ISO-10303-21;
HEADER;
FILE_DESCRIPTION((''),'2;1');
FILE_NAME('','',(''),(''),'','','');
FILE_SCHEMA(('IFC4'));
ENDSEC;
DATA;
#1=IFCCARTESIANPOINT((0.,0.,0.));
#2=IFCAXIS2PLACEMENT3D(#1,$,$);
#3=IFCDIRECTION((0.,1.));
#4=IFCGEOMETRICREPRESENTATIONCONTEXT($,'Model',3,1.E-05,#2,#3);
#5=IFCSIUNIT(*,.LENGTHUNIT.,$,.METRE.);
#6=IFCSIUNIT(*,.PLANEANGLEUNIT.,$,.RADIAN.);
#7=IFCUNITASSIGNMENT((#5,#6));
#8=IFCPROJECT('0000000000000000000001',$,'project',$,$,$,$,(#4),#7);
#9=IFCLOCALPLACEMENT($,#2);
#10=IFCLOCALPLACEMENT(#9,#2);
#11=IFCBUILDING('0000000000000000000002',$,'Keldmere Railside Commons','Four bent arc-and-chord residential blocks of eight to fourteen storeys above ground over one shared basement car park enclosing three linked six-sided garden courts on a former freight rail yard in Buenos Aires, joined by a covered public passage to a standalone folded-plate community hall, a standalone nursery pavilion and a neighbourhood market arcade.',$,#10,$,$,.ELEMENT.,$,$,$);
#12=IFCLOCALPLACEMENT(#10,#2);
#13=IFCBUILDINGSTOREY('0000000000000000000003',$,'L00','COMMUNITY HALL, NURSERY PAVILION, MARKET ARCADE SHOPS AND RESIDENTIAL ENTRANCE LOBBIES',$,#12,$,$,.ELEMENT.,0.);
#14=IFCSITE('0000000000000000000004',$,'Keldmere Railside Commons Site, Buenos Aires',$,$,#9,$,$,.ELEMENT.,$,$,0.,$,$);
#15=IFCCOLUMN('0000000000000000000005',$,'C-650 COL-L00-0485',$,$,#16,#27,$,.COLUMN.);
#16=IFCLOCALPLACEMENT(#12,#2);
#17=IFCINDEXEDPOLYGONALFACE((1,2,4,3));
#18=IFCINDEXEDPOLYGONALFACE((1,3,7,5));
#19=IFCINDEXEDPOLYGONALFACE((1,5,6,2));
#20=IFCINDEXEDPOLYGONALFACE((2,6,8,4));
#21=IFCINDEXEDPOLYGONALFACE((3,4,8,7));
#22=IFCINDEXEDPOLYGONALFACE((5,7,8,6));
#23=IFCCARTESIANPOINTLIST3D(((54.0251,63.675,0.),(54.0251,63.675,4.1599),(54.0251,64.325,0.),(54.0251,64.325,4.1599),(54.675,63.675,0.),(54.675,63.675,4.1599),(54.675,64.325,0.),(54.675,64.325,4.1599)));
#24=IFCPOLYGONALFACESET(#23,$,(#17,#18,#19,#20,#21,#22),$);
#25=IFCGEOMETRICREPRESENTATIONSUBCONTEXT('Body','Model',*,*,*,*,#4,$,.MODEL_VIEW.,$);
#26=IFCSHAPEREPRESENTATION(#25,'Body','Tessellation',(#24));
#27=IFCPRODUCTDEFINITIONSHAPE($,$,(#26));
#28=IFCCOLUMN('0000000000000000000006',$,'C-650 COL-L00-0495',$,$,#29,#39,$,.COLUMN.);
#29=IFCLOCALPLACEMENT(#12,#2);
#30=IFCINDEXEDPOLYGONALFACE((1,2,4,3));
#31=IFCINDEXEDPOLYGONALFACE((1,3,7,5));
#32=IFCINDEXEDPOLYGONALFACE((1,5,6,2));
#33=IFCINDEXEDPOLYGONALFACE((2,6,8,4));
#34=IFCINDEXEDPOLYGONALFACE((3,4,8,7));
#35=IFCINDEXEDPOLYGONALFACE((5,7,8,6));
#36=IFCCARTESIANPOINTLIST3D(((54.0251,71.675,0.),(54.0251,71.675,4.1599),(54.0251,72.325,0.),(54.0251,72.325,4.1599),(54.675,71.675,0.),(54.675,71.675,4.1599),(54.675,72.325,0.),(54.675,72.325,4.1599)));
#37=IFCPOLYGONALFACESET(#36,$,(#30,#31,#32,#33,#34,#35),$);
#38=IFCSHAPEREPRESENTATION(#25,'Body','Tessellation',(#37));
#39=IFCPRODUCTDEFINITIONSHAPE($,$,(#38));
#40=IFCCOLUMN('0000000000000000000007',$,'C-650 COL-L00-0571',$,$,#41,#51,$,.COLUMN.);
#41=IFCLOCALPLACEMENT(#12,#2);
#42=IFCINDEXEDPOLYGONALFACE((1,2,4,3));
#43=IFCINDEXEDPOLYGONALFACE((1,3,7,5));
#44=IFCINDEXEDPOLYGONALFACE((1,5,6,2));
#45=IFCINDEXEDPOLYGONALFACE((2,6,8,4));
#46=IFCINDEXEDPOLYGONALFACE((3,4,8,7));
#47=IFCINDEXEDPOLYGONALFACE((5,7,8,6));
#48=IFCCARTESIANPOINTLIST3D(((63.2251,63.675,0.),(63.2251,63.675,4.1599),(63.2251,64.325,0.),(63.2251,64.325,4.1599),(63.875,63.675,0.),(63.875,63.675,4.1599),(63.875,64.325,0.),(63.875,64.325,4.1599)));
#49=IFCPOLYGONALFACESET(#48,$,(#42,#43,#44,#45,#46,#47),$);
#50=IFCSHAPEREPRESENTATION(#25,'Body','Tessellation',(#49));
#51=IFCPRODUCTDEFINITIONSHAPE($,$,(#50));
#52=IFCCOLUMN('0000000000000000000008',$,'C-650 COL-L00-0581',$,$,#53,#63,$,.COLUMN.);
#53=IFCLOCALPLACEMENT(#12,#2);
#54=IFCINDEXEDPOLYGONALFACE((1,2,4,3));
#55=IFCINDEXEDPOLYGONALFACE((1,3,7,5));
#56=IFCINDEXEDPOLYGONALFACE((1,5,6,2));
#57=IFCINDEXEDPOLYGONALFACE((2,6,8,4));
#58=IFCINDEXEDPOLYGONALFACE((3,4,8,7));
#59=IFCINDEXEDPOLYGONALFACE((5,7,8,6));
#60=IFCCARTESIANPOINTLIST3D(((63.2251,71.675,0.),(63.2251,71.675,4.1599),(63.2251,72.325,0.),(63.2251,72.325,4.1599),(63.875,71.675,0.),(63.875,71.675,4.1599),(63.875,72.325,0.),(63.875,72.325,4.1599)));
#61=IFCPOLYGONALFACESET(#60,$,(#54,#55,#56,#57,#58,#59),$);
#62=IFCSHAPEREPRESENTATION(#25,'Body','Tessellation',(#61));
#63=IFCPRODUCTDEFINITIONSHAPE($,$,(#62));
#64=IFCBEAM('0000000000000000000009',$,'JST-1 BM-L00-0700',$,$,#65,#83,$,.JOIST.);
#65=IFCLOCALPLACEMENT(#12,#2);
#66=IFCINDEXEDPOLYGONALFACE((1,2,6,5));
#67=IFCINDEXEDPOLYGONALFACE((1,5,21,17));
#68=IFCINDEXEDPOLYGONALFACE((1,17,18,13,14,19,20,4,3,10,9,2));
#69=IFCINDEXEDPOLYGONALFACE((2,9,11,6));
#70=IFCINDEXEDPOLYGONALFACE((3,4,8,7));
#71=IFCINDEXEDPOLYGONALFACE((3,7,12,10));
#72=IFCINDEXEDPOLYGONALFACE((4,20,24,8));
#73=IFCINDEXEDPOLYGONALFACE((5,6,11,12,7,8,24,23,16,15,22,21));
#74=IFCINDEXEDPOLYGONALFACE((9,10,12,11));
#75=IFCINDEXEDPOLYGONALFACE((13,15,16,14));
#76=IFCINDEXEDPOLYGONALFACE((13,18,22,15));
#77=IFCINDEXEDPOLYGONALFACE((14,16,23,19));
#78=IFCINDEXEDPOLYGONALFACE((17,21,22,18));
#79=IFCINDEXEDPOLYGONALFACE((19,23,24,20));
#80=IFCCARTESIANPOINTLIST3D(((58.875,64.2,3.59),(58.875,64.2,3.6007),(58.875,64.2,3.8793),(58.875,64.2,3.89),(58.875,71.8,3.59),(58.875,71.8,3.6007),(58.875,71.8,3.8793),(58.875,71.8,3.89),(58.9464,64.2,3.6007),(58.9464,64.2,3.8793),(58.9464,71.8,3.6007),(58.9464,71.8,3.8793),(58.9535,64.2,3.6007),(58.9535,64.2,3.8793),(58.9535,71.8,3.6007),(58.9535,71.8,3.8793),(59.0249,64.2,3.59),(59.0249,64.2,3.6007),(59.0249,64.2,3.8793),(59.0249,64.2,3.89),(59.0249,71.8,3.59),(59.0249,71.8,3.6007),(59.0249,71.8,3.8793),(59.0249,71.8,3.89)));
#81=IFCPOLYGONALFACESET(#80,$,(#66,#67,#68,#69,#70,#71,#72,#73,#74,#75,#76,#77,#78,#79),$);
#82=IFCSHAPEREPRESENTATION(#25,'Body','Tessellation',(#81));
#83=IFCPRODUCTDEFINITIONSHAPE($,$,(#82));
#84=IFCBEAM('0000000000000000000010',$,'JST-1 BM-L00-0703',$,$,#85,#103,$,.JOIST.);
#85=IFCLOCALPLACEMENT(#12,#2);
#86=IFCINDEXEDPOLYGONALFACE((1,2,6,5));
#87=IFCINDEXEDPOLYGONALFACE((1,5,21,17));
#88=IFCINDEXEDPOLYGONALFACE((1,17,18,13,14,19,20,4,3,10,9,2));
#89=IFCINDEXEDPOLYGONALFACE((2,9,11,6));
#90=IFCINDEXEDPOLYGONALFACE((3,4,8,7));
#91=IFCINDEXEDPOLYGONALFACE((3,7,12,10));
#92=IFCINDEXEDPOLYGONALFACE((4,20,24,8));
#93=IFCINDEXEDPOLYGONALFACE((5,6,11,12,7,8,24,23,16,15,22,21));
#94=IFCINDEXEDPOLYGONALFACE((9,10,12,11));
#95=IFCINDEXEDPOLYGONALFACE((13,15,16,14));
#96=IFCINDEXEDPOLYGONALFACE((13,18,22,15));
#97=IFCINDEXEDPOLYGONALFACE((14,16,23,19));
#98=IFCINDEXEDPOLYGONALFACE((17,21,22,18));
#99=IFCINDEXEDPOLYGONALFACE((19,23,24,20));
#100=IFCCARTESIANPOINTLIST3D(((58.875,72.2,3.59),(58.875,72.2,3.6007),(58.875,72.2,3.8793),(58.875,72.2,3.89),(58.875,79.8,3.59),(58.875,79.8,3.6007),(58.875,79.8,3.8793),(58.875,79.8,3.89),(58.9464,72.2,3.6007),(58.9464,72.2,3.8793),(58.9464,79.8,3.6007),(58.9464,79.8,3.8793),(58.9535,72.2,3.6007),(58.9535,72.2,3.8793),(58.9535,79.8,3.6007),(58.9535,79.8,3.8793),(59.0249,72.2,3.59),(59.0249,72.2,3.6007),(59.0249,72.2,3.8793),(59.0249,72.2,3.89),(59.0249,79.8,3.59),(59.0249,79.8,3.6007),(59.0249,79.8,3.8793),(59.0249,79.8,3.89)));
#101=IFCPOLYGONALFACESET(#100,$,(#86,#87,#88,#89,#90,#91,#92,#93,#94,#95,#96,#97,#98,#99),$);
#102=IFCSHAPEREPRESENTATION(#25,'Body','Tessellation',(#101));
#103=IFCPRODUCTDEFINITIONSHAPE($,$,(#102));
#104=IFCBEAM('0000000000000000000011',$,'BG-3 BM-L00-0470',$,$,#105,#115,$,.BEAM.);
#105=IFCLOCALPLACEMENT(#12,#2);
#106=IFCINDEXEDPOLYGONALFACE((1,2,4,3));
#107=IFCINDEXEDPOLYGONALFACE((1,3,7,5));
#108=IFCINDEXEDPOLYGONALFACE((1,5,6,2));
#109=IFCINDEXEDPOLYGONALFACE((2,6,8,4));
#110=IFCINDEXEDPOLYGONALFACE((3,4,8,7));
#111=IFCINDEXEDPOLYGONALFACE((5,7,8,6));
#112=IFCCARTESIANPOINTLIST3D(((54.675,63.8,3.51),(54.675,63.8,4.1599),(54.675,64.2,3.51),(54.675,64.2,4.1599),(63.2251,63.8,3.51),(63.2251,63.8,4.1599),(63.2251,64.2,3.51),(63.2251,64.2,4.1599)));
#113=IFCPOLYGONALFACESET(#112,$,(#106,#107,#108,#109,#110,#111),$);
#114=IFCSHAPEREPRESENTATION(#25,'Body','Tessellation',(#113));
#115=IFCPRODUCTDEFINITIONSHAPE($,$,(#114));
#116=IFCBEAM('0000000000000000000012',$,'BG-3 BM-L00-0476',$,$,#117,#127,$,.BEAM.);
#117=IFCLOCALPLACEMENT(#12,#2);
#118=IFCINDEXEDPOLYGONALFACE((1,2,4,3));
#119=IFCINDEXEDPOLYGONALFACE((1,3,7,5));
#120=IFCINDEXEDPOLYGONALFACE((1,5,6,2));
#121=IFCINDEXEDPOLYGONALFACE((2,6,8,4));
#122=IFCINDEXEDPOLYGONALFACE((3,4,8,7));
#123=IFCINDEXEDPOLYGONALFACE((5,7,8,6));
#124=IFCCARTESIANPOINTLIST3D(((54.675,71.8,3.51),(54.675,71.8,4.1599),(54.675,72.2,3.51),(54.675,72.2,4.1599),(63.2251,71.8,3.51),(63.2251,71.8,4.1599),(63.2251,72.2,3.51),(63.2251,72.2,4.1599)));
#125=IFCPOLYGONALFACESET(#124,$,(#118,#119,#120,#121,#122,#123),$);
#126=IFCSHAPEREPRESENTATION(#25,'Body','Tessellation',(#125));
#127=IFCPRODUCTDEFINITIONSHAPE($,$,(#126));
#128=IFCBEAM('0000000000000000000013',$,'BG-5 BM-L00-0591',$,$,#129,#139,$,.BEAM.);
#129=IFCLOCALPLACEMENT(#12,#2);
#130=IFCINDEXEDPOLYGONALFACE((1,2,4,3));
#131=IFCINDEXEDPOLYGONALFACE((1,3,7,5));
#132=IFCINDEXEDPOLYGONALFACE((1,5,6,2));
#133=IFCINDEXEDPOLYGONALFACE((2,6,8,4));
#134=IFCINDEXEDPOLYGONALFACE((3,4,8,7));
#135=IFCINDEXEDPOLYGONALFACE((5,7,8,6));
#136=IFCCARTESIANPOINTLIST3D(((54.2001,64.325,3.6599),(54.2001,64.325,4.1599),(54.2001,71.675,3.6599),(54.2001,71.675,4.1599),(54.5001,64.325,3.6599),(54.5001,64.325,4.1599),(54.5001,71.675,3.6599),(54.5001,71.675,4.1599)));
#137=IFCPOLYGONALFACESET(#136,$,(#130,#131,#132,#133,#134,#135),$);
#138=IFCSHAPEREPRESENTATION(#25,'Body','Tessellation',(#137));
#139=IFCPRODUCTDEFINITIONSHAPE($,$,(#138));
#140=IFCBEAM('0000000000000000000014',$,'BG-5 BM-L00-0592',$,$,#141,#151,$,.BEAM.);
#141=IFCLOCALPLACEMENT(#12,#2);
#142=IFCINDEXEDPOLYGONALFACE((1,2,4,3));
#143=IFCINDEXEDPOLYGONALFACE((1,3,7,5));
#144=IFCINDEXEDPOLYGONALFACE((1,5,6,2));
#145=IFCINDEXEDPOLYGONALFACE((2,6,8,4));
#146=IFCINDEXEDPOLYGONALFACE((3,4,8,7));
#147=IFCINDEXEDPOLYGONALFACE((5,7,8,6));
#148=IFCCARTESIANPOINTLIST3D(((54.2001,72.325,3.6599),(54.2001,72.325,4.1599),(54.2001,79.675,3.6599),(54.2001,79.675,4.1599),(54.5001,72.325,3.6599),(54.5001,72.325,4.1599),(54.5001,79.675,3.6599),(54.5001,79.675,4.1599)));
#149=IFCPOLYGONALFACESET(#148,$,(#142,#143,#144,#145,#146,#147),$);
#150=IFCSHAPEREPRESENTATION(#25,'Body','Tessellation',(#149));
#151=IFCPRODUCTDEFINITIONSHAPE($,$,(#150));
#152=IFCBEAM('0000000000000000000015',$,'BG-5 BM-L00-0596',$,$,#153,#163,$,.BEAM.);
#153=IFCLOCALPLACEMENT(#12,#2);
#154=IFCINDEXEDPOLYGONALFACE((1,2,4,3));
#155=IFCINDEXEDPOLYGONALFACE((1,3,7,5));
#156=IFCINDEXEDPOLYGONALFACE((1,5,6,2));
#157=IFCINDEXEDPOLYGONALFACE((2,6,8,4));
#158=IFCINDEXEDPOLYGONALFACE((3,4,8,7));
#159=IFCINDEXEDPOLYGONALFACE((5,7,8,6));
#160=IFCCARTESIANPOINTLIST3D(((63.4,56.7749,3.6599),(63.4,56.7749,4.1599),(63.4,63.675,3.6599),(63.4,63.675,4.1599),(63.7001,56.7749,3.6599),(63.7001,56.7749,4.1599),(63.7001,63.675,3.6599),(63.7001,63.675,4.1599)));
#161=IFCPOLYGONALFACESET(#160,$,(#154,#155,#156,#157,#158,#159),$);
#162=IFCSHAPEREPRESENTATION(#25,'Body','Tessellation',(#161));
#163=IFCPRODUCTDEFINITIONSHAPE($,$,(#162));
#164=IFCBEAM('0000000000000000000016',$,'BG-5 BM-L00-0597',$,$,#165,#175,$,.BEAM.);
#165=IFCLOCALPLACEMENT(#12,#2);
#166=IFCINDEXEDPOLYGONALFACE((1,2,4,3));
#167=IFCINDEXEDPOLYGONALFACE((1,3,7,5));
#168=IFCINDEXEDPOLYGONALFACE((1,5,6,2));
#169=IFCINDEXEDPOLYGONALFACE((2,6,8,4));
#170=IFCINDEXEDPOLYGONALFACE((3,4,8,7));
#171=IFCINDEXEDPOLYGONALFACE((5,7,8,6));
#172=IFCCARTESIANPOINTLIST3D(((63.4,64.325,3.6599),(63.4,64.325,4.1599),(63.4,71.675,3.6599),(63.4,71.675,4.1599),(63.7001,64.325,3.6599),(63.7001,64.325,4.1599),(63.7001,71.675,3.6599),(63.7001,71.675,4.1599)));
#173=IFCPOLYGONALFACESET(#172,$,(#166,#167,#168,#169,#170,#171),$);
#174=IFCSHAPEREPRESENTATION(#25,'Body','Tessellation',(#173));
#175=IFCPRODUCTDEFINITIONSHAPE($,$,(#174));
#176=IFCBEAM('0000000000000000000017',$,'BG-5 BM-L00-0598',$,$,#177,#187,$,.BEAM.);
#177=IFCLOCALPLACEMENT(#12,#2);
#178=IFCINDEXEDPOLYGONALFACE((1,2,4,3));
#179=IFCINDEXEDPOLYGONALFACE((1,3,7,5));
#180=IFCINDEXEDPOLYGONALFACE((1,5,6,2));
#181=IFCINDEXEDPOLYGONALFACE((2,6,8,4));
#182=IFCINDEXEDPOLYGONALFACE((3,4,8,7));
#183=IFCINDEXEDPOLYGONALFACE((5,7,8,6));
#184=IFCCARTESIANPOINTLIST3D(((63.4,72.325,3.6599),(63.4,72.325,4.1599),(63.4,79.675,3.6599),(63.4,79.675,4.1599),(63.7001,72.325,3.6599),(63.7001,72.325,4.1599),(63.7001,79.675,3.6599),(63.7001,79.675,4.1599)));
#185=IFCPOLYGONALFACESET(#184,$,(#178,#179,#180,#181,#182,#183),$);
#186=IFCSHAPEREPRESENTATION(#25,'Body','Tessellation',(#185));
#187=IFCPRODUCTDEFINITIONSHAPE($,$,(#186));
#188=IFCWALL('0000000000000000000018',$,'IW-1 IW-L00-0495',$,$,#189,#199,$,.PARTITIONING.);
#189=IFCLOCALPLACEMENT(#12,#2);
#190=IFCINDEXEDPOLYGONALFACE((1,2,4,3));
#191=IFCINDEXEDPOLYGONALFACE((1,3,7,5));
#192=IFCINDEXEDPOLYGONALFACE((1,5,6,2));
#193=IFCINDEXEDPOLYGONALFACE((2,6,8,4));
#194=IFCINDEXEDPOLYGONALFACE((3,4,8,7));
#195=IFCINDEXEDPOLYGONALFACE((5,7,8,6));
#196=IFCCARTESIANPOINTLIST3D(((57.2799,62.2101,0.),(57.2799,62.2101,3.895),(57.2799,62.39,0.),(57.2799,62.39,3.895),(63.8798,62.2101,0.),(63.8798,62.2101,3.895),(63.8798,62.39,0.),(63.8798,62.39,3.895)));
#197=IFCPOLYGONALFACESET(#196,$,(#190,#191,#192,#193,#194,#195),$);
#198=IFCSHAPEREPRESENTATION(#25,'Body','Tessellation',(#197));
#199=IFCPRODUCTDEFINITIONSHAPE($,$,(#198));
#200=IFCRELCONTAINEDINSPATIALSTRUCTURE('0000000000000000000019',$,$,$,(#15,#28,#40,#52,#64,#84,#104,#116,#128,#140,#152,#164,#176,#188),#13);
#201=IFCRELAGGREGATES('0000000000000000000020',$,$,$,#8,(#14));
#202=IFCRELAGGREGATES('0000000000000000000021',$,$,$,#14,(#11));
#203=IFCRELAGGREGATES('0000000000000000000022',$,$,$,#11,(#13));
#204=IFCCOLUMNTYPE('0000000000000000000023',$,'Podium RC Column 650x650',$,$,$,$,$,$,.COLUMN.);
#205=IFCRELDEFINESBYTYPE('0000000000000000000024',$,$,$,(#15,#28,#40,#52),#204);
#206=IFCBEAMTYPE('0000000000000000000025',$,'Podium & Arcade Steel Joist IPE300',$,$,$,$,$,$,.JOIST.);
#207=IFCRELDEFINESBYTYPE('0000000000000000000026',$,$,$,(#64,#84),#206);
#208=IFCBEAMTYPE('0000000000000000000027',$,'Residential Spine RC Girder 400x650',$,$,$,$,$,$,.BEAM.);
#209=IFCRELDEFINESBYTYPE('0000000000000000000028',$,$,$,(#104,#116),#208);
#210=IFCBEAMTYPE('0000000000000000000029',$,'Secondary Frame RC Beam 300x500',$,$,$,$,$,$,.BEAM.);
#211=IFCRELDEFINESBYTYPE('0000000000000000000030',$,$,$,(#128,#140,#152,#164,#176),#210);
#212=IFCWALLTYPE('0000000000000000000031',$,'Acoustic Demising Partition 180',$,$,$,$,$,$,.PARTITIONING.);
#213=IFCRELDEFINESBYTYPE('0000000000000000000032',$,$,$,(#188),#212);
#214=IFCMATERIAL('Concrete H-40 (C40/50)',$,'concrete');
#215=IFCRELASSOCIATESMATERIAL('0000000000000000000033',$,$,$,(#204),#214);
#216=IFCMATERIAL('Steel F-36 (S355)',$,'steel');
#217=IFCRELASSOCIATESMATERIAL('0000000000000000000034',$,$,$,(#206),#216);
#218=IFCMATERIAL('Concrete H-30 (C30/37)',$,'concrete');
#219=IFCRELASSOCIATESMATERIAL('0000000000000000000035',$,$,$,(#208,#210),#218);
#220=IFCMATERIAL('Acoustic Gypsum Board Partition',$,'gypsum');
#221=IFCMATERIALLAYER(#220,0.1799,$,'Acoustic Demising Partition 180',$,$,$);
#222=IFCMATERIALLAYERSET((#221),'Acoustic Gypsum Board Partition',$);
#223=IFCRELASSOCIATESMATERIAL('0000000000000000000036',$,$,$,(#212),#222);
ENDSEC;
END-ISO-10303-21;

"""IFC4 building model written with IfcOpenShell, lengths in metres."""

from ifc_helpers import new_model, si_unit, direction, frame, frame_2d, origin, origin_2d, place, context, subcontext, project, spatial, rectangle, i_section, extrude, material, layer, layer_set, material_profile, profile_set, type_object, element, save


model = new_model("IFC4")

# Units and contexts
model_context = context("Model", 3, precision=1e-05, world=origin(), true_north=direction((0.0, 1.0)))
body_context = subcontext(model_context, "Body", "Model", "MODEL_VIEW")
ifc_project = project(units=[si_unit("LENGTHUNIT", "METRE"), si_unit("PLANEANGLEUNIT", "RADIAN")], contexts=[model_context])

# Site, building, storey
site_placement = place(None, origin())
site = spatial("IfcSite", under=ifc_project, at=site_placement, Name="Keldmere Railside Commons Site, Buenos Aires", CompositionType="ELEMENT", RefElevation=0.0)
building_placement = place(site_placement, origin())
building = spatial("IfcBuilding", under=site, at=building_placement, Name="Keldmere Railside Commons", Description="Four bent arc-and-chord residential blocks of eight to fourteen storeys above ground over one shared basement car park enclosing three linked six-sided garden courts on a former freight rail yard in Buenos Aires, joined by a covered public passage to a standalone folded-plate community hall, a standalone nursery pavilion and a neighbourhood market arcade.", CompositionType="ELEMENT")
storey_placement = place(building_placement, origin())
storey = spatial("IfcBuildingStorey", under=building, at=storey_placement, Name="L00", Description="COMMUNITY HALL, NURSERY PAVILION, MARKET ARCADE SHOPS AND RESIDENTIAL ENTRANCE LOBBIES", CompositionType="ELEMENT", Elevation=0.0)

# Columns
ifc_material_1 = material(Name="Concrete H-40 (C40/50)", Category="concrete")
ifc_material_profile_1 = material_profile(ifc_material_1, rectangle(XDim=0.6499, YDim=0.6499, at=origin_2d()), Name="RC-650x650")
ifc_profile_set_1 = profile_set([ifc_material_profile_1], Name="Concrete H-40 (C40/50)")
column_type = type_object("IfcColumnType", Name="Podium RC Column 650x650", PredefinedType="COLUMN", material=ifc_profile_set_1)
for number, where, z_axis, x_axis, name in (
    (1, (54.3501, 64.0, 0.0), (0.0, 0.0, 1.0), (1.0, 0.0, 0.0), "C-650 COL-L00-0485"),
    (2, (54.3501, 72.0, 0.0), (0.0, 0.0, 1.0), (1.0, 0.0, 0.0), "C-650 COL-L00-0495"),
    (3, (63.55, 64.0, 0.0), (0.0, 0.0, 1.0), (1.0, 0.0, 0.0), "C-650 COL-L00-0571"),
    (4, (63.55, 72.0, 0.0), (0.0, 0.0, 1.0), (1.0, 0.0, 0.0), "C-650 COL-L00-0581"),
):
    element("IfcColumn", number, at=place(storey_placement, frame(where, z_axis=z_axis, x_axis=x_axis)), inside=storey, type_object=column_type, Name=name, PredefinedType="COLUMN", context=body_context, shape_type="SweptSolid", body=[
        extrude(rectangle(XDim=0.6499, YDim=0.6499, at=origin_2d()), origin(), (0.0, 0.0, 1.0), 4.1599),
    ])

# Beams
ifc_material_2 = material(Name="Steel F-36 (S355)", Category="steel")
ifc_material_profile_2 = material_profile(ifc_material_2, i_section(OverallWidth=0.1499, OverallDepth=0.3, WebThickness=0.0071, FlangeThickness=0.0107, at=origin_2d()), Name="IPE-300")
ifc_profile_set_2 = profile_set([ifc_material_profile_2], Name="Steel F-36 (S355)")
beam_type_1 = type_object("IfcBeamType", Name="Podium & Arcade Steel Joist IPE300", PredefinedType="JOIST", material=ifc_profile_set_2)
for number, where, z_axis, x_axis, name in (
    (5, (58.95, 64.2, 3.74), (0.0, 1.0, 0.0), (-1.0, 0.0, 0.0), "JST-1 BM-L00-0700"),
    (6, (58.95, 72.2, 3.74), (0.0, 1.0, 0.0), (-1.0, 0.0, 0.0), "JST-1 BM-L00-0703"),
):
    element("IfcBeam", number, at=place(storey_placement, frame(where, z_axis=z_axis, x_axis=x_axis)), inside=storey, type_object=beam_type_1, Name=name, PredefinedType="JOIST", context=body_context, shape_type="SweptSolid", body=[
        extrude(i_section(OverallWidth=0.1499, OverallDepth=0.3, WebThickness=0.0071, FlangeThickness=0.0107, at=origin_2d()), origin(), (0.0, 0.0, 1.0), 7.6001),
    ])
ifc_material_3 = material(Name="Concrete H-30 (C30/37)", Category="concrete")
ifc_material_profile_3 = material_profile(ifc_material_3, rectangle(XDim=0.3999, YDim=0.6499, at=origin_2d()), Name="RC-400x650")
ifc_profile_set_3 = profile_set([ifc_material_profile_3], Name="Concrete H-30 (C30/37)")
beam_type_2 = type_object("IfcBeamType", Name="Residential Spine RC Girder 400x650", PredefinedType="BEAM", material=ifc_profile_set_3)
for number, where, z_axis, x_axis, name in (
    (7, (54.675, 64.0, 3.835), (1.0, 0.0, 0.0), (0.0, 1.0, 0.0), "BG-3 BM-L00-0470"),
    (8, (54.675, 72.0, 3.835), (1.0, 0.0, 0.0), (0.0, 1.0, 0.0), "BG-3 BM-L00-0476"),
):
    element("IfcBeam", number, at=place(storey_placement, frame(where, z_axis=z_axis, x_axis=x_axis)), inside=storey, type_object=beam_type_2, Name=name, PredefinedType="BEAM", context=body_context, shape_type="SweptSolid", body=[
        extrude(rectangle(XDim=0.3999, YDim=0.6499, at=origin_2d()), origin(), (0.0, 0.0, 1.0), 8.55),
    ])
ifc_material_profile_4 = material_profile(ifc_material_3, rectangle(XDim=0.3, YDim=0.5, at=origin_2d()), Name="RC-300x500")
ifc_profile_set_4 = profile_set([ifc_material_profile_4], Name="Concrete H-30 (C30/37)")
beam_type_3 = type_object("IfcBeamType", Name="Secondary Frame RC Beam 300x500", PredefinedType="BEAM", material=ifc_profile_set_4)
for number, where, z_axis, x_axis, name in (
    (9, (54.3501, 64.325, 3.9099), (0.0, 1.0, 0.0), (-1.0, 0.0, 0.0), "BG-5 BM-L00-0591"),
    (10, (54.3501, 72.325, 3.9099), (0.0, 1.0, 0.0), (-1.0, 0.0, 0.0), "BG-5 BM-L00-0592"),
):
    element("IfcBeam", number, at=place(storey_placement, frame(where, z_axis=z_axis, x_axis=x_axis)), inside=storey, type_object=beam_type_3, Name=name, PredefinedType="BEAM", context=body_context, shape_type="SweptSolid", body=[
        extrude(rectangle(XDim=0.3, YDim=0.5, at=origin_2d()), origin(), (0.0, 0.0, 1.0), 7.3501),
    ])
beam_placement = place(storey_placement, frame((63.55, 56.7749, 3.9099), z_axis=(0.0, 1.0, 0.0), x_axis=(-1.0, 0.0, 0.0)))
element("IfcBeam", 11, at=beam_placement, inside=storey, type_object=beam_type_3, Name="BG-5 BM-L00-0596", PredefinedType="BEAM", context=body_context, shape_type="SweptSolid", body=[
    extrude(rectangle(XDim=0.3, YDim=0.5, at=origin_2d()), origin(), (0.0, 0.0, 1.0), 6.9001),
])
for number, where, z_axis, x_axis, name in (
    (12, (63.55, 64.325, 3.9099), (0.0, 1.0, 0.0), (-1.0, 0.0, 0.0), "BG-5 BM-L00-0597"),
    (13, (63.55, 72.325, 3.9099), (0.0, 1.0, 0.0), (-1.0, 0.0, 0.0), "BG-5 BM-L00-0598"),
):
    element("IfcBeam", number, at=place(storey_placement, frame(where, z_axis=z_axis, x_axis=x_axis)), inside=storey, type_object=beam_type_3, Name=name, PredefinedType="BEAM", context=body_context, shape_type="SweptSolid", body=[
        extrude(rectangle(XDim=0.3, YDim=0.5, at=origin_2d()), origin(), (0.0, 0.0, 1.0), 7.3501),
    ])

# Wall
ifc_material_4 = material(Name="Acoustic Gypsum Board Partition", Category="gypsum")
ifc_layer = layer(ifc_material_4, 0.1799, Name="Acoustic Demising Partition 180")
ifc_layer_set = layer_set([ifc_layer], Name="Acoustic Gypsum Board Partition")
wall_type = type_object("IfcWallType", Name="Acoustic Demising Partition 180", PredefinedType="PARTITIONING", material=ifc_layer_set)
for number, where, z_axis, x_axis, name in (
    (14, (57.28, 62.3, 0.0), (0.0, 0.0, 1.0), (1.0, 0.0, 0.0), "IW-1 IW-L00-0495"),
):
    element("IfcWall", number, at=place(storey_placement, frame(where, z_axis=z_axis, x_axis=x_axis)), inside=storey, type_object=wall_type, Name=name, PredefinedType="PARTITIONING", context=body_context, shape_type="SweptSolid", body=[
        extrude(rectangle(XDim=6.5999, YDim=0.1799, at=frame_2d((3.2998, 0.0))), origin(), (0.0, 0.0, 1.0), 3.895),
    ])

save(model, "model.ifc")
